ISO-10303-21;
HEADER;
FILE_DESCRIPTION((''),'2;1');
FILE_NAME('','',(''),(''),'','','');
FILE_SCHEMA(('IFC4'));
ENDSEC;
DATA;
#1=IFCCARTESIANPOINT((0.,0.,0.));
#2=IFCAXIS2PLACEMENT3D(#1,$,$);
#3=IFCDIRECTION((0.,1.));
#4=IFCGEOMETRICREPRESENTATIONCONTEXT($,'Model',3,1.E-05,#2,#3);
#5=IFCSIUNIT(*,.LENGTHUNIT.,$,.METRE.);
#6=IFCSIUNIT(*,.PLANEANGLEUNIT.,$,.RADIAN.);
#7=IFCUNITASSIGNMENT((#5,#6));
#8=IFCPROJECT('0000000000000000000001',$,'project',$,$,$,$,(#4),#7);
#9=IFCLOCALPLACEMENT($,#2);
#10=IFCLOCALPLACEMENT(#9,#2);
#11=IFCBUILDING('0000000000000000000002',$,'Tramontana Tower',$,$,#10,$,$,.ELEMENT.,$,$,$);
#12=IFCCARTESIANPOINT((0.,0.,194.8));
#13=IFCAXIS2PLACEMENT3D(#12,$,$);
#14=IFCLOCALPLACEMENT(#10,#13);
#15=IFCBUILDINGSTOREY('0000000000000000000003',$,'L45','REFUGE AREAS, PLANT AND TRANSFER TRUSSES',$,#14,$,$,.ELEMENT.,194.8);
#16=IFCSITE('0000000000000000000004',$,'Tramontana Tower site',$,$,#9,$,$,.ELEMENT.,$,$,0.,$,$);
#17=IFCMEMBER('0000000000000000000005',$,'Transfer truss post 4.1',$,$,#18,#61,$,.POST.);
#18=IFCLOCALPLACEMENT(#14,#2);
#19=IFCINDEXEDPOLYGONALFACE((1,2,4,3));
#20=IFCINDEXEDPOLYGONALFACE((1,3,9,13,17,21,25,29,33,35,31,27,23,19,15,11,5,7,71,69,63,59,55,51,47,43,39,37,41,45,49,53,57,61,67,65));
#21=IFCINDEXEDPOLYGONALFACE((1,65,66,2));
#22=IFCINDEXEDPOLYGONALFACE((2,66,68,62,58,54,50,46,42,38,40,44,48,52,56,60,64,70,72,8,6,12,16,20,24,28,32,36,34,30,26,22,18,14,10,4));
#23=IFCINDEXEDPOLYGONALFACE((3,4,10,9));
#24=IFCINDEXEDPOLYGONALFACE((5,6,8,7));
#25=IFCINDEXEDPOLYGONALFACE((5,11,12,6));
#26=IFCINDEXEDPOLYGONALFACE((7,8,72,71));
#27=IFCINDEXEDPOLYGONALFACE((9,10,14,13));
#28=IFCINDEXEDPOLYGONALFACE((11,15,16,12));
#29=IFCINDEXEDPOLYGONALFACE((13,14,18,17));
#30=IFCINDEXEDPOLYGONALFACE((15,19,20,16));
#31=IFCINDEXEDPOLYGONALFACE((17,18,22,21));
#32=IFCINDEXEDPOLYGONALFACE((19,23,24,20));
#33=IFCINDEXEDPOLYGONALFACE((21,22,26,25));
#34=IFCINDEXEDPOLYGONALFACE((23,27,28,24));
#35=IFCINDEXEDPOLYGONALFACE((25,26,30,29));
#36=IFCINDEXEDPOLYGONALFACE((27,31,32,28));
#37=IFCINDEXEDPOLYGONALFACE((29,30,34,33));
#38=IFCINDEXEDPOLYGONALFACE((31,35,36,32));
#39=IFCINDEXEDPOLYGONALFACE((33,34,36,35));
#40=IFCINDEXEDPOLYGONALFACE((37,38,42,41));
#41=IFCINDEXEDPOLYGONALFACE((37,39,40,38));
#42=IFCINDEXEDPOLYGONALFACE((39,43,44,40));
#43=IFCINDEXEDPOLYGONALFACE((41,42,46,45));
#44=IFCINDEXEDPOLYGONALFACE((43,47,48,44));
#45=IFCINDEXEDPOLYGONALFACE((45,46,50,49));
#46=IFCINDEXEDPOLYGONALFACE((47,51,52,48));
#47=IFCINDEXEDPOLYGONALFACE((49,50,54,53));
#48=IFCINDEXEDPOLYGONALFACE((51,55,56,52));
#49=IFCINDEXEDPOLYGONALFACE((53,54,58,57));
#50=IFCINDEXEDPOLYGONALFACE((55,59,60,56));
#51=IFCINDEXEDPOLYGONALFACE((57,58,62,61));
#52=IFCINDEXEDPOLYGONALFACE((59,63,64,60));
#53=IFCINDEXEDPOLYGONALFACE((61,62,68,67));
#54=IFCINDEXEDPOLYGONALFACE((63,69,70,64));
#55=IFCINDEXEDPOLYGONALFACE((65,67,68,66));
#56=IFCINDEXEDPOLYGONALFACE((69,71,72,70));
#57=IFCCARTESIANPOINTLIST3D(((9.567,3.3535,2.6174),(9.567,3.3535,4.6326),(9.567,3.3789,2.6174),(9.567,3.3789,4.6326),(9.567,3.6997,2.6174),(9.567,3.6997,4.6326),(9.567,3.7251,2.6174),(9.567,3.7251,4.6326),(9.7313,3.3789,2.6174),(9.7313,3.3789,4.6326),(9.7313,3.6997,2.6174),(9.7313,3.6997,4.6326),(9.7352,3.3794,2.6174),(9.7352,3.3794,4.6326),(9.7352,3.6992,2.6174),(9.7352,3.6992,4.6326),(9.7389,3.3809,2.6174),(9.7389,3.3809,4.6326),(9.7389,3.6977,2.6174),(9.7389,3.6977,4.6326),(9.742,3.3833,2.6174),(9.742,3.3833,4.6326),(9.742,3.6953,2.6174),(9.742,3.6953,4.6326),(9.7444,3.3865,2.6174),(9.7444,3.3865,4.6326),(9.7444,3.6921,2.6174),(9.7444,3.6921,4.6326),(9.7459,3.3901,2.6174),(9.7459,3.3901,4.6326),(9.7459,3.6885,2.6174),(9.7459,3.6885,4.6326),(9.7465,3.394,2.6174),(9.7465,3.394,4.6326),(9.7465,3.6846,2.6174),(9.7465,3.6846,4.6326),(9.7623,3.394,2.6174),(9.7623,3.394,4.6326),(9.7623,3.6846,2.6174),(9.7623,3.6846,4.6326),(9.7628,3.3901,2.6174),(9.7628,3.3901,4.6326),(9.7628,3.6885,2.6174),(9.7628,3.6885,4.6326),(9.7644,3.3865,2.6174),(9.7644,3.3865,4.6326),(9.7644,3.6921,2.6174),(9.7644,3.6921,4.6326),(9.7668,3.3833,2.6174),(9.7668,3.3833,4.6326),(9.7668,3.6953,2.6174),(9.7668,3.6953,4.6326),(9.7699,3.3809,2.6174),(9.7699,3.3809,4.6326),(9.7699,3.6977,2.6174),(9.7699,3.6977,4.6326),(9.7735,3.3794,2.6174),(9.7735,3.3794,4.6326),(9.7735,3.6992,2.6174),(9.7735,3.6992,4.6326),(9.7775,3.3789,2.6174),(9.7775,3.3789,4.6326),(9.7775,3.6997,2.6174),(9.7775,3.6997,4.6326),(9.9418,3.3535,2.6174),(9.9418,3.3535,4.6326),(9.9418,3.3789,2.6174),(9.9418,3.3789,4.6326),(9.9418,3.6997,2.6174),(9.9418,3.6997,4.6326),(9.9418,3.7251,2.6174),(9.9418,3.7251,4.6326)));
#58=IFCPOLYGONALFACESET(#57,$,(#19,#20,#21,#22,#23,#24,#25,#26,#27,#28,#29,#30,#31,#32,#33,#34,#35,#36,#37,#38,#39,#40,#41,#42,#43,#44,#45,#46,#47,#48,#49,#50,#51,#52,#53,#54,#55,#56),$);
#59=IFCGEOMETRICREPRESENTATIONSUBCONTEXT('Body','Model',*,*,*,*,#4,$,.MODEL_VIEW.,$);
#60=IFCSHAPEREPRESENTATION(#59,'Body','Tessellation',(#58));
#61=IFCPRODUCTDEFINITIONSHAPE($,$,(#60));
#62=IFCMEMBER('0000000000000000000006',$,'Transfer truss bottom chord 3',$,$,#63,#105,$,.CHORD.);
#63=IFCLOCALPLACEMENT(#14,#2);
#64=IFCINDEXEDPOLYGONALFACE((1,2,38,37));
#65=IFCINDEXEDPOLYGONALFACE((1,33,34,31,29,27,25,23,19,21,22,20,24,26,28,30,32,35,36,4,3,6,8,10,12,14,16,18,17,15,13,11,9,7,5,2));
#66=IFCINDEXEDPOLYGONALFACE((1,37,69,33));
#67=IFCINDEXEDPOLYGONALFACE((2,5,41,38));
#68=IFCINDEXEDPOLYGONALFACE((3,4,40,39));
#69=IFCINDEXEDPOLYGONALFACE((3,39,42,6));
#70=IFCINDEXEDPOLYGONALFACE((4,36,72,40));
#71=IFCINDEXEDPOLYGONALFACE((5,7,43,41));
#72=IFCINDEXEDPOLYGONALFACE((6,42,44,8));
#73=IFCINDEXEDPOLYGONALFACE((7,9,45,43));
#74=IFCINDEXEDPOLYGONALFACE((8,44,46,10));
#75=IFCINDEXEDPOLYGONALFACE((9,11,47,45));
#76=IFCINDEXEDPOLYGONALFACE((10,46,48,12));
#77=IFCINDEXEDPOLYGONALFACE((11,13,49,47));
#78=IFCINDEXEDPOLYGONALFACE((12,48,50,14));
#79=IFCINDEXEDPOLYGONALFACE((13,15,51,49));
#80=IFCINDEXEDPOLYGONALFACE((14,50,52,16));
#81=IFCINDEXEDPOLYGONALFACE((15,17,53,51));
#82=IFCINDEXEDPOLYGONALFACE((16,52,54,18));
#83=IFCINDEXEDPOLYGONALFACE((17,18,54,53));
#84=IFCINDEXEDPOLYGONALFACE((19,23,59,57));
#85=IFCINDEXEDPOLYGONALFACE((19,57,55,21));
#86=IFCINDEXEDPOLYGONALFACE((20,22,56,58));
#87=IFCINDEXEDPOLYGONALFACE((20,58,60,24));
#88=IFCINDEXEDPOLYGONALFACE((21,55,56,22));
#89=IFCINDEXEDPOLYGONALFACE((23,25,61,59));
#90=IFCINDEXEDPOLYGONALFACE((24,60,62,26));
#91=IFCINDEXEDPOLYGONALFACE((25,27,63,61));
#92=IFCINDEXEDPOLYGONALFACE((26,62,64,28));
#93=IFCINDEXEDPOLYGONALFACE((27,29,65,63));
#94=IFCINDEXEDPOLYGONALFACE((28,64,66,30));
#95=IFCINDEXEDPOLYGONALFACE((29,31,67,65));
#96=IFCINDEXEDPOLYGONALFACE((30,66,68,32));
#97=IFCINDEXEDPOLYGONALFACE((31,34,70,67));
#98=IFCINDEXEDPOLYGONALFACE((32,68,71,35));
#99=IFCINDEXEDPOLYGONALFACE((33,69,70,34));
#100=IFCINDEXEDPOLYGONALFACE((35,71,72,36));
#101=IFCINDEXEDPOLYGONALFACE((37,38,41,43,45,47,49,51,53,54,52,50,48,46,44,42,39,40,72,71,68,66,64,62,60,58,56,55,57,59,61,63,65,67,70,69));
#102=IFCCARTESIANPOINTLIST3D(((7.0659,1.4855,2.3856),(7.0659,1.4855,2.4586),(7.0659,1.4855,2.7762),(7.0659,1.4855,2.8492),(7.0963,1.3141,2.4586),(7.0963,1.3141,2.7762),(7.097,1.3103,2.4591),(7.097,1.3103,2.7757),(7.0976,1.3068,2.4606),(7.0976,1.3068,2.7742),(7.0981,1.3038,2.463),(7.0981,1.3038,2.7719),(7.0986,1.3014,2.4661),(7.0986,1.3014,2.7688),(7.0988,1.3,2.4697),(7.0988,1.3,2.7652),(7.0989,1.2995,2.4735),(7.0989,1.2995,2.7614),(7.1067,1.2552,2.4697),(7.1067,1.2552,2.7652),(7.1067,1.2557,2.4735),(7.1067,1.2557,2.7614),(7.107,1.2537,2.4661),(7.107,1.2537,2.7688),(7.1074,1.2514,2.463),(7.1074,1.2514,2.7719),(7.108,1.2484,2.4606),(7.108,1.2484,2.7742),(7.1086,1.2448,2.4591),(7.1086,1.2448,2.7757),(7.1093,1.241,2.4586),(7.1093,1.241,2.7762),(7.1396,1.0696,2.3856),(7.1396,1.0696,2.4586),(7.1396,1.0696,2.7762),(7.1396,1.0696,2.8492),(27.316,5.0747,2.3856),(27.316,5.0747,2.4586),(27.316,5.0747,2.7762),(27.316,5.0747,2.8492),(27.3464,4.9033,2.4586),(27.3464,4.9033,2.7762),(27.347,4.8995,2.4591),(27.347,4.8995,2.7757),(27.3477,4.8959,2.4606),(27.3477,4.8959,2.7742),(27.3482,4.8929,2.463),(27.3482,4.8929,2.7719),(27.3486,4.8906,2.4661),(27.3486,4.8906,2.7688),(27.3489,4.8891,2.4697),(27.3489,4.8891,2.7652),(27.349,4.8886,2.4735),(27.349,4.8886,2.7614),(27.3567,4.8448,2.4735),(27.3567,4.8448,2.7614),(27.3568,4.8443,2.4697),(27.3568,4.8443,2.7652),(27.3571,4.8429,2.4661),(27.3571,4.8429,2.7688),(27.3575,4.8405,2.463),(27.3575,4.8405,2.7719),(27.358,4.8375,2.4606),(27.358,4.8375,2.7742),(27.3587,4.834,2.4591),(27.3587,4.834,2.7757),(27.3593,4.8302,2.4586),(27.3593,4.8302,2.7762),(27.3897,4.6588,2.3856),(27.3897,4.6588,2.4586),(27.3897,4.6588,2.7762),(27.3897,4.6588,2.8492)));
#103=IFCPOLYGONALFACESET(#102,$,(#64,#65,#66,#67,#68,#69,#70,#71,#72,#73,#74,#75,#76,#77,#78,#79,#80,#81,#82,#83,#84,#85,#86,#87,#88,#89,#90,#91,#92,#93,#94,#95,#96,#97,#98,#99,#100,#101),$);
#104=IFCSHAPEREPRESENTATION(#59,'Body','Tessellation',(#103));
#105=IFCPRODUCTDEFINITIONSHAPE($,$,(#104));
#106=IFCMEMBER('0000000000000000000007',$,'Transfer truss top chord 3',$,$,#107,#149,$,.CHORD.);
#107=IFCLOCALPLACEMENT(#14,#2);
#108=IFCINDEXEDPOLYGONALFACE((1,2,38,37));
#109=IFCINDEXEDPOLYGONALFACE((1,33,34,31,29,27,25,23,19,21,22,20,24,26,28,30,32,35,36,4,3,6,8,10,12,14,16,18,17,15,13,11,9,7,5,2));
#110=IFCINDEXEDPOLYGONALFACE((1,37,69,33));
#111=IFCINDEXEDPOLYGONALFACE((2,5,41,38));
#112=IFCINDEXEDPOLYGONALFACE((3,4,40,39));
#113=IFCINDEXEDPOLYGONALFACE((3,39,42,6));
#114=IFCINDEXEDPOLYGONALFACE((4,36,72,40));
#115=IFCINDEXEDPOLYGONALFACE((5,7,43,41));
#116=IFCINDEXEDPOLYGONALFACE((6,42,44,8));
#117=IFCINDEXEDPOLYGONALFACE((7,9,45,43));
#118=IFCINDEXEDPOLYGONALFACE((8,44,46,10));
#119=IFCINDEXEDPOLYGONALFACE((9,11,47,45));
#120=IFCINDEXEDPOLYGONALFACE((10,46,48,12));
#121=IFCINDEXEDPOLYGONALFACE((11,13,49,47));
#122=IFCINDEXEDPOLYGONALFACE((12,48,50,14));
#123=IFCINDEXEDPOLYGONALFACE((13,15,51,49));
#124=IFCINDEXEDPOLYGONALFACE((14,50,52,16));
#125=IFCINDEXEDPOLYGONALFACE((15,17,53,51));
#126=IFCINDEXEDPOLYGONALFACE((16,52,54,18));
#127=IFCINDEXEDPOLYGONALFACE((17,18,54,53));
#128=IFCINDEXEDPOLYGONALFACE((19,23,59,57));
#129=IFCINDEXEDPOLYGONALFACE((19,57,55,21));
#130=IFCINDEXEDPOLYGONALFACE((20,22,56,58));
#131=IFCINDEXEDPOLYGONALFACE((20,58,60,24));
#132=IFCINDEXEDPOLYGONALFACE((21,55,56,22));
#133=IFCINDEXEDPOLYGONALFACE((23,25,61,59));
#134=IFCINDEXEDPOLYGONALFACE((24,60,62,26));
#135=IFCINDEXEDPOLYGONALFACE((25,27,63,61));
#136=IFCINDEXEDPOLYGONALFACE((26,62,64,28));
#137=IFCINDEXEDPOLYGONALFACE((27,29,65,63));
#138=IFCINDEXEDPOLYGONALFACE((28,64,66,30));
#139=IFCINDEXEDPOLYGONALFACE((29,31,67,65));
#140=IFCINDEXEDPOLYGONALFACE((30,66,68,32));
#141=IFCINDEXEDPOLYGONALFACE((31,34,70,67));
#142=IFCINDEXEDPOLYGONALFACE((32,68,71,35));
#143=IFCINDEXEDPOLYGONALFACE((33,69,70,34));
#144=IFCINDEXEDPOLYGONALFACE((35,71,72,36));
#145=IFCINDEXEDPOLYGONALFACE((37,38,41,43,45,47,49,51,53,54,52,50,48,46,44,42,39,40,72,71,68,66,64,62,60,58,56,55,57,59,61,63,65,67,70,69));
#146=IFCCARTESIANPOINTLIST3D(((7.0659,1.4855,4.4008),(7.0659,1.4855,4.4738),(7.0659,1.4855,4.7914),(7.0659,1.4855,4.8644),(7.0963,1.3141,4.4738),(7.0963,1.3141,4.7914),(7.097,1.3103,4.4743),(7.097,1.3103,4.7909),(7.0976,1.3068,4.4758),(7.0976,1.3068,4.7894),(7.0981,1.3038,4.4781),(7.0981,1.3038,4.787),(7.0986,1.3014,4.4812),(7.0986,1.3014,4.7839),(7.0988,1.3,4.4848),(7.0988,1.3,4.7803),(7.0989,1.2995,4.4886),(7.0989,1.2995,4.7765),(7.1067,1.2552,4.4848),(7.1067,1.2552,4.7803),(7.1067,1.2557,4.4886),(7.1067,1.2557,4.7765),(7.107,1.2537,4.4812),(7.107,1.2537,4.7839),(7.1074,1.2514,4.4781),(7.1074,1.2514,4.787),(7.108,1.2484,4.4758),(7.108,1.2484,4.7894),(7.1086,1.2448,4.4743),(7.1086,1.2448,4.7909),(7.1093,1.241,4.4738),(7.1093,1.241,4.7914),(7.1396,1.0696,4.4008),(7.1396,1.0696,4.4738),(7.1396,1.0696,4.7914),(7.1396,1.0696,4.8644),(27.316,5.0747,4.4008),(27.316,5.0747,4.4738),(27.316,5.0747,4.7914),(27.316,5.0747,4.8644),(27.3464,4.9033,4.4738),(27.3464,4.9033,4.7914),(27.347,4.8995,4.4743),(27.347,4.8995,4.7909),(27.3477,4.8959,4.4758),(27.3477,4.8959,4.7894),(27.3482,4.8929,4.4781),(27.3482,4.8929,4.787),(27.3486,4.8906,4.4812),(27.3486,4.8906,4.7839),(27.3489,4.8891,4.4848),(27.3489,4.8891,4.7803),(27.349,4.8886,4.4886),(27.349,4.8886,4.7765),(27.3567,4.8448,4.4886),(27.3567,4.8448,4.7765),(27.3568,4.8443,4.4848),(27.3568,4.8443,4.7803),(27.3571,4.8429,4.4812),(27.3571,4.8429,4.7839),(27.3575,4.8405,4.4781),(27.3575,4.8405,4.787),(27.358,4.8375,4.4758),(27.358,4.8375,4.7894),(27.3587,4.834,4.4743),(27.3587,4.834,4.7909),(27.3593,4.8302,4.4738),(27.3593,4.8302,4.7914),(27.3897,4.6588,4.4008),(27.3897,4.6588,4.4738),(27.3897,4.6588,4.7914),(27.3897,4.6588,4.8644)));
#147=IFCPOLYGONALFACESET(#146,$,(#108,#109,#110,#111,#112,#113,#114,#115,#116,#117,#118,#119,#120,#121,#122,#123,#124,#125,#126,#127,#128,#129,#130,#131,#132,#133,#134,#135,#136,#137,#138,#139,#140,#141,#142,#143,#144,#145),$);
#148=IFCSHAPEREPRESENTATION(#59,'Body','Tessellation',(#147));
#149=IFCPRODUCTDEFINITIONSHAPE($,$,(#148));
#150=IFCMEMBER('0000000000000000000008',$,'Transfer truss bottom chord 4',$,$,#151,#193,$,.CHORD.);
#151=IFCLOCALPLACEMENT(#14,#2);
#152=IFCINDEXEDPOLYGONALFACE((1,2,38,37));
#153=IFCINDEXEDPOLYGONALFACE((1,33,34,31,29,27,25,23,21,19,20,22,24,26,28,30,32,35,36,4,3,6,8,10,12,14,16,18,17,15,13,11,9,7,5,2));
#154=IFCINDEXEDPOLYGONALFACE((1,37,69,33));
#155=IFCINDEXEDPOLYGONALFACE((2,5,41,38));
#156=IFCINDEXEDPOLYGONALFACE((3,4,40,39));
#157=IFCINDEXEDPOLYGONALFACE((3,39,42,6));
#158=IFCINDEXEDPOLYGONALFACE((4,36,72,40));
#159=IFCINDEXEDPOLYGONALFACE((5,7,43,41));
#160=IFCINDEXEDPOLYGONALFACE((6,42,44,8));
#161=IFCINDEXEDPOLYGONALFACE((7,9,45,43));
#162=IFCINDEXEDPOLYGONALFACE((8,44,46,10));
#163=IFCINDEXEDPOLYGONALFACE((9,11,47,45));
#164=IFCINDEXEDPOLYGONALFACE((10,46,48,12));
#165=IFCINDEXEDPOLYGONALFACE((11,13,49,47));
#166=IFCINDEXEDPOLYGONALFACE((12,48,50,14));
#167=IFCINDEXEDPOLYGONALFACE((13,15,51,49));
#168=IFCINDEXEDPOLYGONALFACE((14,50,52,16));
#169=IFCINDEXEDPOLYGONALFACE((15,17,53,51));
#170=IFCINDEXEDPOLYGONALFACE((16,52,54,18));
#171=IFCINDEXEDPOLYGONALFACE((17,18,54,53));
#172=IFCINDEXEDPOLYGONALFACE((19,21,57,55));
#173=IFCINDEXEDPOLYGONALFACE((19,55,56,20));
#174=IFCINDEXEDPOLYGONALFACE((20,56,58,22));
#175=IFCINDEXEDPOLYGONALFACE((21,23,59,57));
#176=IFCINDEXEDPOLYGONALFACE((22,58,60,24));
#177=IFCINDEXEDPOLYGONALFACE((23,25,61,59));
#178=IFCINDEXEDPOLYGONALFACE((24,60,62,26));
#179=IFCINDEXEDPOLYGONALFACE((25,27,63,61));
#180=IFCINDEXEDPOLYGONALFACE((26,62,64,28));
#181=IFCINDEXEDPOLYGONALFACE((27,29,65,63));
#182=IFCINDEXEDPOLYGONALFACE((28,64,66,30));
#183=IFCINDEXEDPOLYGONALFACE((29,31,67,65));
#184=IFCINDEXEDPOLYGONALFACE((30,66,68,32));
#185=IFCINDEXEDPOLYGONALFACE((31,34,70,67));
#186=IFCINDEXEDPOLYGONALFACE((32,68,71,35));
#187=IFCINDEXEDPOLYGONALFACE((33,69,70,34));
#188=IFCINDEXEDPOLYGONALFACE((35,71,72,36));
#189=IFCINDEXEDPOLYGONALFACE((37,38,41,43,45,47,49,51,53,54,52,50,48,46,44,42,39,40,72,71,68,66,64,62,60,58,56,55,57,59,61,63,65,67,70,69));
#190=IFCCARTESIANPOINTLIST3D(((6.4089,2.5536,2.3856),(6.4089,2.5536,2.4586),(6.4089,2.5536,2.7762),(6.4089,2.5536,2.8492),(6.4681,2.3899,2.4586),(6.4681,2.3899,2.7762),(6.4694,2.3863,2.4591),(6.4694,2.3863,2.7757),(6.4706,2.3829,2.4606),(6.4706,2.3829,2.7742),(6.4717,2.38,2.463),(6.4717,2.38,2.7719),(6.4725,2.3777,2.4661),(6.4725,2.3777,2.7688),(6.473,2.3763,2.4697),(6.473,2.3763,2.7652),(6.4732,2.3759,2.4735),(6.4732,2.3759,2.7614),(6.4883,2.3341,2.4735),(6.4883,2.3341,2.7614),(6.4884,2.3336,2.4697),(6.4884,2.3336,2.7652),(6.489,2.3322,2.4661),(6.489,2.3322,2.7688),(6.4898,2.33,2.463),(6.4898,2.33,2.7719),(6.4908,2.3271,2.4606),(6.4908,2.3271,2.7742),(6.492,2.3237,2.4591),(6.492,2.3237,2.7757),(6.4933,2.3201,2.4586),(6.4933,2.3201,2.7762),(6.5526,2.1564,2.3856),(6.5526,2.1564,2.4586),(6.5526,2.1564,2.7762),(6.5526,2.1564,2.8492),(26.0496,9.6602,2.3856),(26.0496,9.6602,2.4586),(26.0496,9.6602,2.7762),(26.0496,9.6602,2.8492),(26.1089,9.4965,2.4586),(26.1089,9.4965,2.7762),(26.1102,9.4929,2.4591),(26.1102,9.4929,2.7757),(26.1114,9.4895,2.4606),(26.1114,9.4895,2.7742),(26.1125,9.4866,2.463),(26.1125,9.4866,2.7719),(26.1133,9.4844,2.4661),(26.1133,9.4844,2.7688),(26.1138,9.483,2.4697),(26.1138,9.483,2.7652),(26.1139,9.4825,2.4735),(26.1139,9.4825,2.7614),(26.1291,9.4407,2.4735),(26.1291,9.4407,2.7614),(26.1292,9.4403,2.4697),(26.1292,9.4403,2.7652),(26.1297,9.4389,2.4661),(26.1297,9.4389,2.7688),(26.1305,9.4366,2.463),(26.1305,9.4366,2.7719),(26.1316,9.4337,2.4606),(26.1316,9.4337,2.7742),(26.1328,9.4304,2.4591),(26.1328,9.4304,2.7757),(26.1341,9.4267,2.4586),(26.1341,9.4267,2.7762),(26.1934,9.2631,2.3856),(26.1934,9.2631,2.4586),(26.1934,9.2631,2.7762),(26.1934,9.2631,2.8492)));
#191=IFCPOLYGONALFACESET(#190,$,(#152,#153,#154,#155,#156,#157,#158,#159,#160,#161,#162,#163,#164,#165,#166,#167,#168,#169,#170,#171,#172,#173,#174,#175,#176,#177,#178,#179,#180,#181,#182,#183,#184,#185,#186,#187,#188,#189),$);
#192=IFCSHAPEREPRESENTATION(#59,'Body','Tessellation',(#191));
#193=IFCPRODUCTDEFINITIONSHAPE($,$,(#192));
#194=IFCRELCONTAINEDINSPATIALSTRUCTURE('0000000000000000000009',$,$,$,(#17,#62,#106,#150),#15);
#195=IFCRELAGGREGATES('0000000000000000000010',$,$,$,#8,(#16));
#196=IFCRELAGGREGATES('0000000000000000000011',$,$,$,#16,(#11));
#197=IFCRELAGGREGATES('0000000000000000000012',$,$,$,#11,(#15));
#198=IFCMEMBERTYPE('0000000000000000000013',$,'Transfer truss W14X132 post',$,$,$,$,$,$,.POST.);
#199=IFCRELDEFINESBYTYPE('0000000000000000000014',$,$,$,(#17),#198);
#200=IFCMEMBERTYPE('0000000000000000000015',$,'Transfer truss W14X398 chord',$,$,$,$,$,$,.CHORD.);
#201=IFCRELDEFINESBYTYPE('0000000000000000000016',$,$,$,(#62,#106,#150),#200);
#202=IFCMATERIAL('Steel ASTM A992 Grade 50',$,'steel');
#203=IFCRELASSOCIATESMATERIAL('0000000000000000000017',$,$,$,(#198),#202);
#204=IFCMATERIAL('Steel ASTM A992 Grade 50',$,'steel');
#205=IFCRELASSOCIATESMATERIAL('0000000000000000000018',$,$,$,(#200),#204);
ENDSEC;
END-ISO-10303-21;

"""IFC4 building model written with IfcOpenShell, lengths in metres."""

from ifc_helpers import new_model, si_unit, direction, frame, origin, origin_2d, place, context, subcontext, project, spatial, i_section, extrude, material, material_profile, profile_set, type_object, element, save


model = new_model("IFC4")

# Units and contexts
model_context = context("Model", 3, precision=1e-05, world=origin(), true_north=direction((0.0, 1.0)))
body_context = subcontext(model_context, "Body", "Model", "MODEL_VIEW")
ifc_project = project(units=[si_unit("LENGTHUNIT", "METRE"), si_unit("PLANEANGLEUNIT", "RADIAN")], contexts=[model_context])

# Site, building, storey
site_placement = place(None, origin())
site = spatial("IfcSite", under=ifc_project, at=site_placement, Name="Tramontana Tower site", CompositionType="ELEMENT", RefElevation=0.0)
building_placement = place(site_placement, origin())
building = spatial("IfcBuilding", under=site, at=building_placement, Name="Tramontana Tower", CompositionType="ELEMENT")
storey_placement = place(building_placement, frame((0.0, 0.0, 194.8)))
storey = spatial("IfcBuildingStorey", under=building, at=storey_placement, Name="L45", Description="REFUGE AREAS, PLANT AND TRANSFER TRUSSES", CompositionType="ELEMENT", Elevation=194.8)

# Members
ifc_material_1 = material(Name="Steel ASTM A992 Grade 50", Category="steel")
ifc_material_profile_1 = material_profile(ifc_material_1, i_section(OverallWidth=0.3748, OverallDepth=0.3716, WebThickness=0.0159, FlangeThickness=0.0254, FilletRadius=0.0151, at=origin_2d()), Name="W14X132")
ifc_profile_set_1 = profile_set([ifc_material_profile_1], Name="Steel ASTM A992 Grade 50")
member_type_1 = type_object("IfcMemberType", Name="Transfer truss W14X132 post", PredefinedType="POST", material=ifc_profile_set_1)
for number, where, z_axis, x_axis, name in (
    (1, (9.7544, 3.5393, 2.6174), (0.0, 0.0, 1.0), (1.0, 0.0, 0.0), "Transfer truss post 4.1"),
):
    element("IfcMember", number, at=place(storey_placement, frame(where, z_axis=z_axis, x_axis=x_axis)), inside=storey, type_object=member_type_1, Name=name, PredefinedType="POST", context=body_context, shape_type="SweptSolid", body=[
        extrude(i_section(OverallWidth=0.3748, OverallDepth=0.3716, WebThickness=0.0159, FlangeThickness=0.0254, FilletRadius=0.0151, at=origin_2d()), origin(), (0.0, 0.0, 1.0), 2.0151),
    ])
ifc_material_2 = material(Name="Steel ASTM A992 Grade 50", Category="steel")
ifc_material_profile_2 = material_profile(ifc_material_2, i_section(OverallWidth=0.4224, OverallDepth=0.4636, WebThickness=0.0444, FlangeThickness=0.073, FilletRadius=0.0149, at=origin_2d()), Name="W14X398")
ifc_profile_set_2 = profile_set([ifc_material_profile_2], Name="Steel ASTM A992 Grade 50")
member_type_2 = type_object("IfcMemberType", Name="Transfer truss W14X398 chord", PredefinedType="CHORD", material=ifc_profile_set_2)
for number, where, z_axis, x_axis, name in (
    (2, (7.1028, 1.2776, 2.6174), (0.984654, 0.17452, 0.0), (-0.17452, 0.984654, 0.0), "Transfer truss bottom chord 3"),
    (3, (7.1028, 1.2776, 4.6326), (0.984654, 0.17452, 0.0), (-0.17452, 0.984654, 0.0), "Transfer truss top chord 3"),
):
    element("IfcMember", number, at=place(storey_placement, frame(where, z_axis=z_axis, x_axis=x_axis)), inside=storey, type_object=member_type_2, Name=name, PredefinedType="CHORD", context=body_context, shape_type="SweptSolid", body=[
        extrude(i_section(OverallWidth=0.4224, OverallDepth=0.4636, WebThickness=0.0444, FlangeThickness=0.073, FilletRadius=0.0149, at=origin_2d()), origin(), (0.0, 0.0, 1.0), 20.5657),
    ])
for number, where, z_axis, x_axis, name in (
    (4, (6.4807, 2.355, 2.6174), (0.940337, 0.340244, 0.0), (-0.340244, 0.940337, 0.0), "Transfer truss bottom chord 4"),
):
    element("IfcMember", number, at=place(storey_placement, frame(where, z_axis=z_axis, x_axis=x_axis)), inside=storey, type_object=member_type_2, Name=name, PredefinedType="CHORD", context=body_context, shape_type="SweptSolid", body=[
        extrude(i_section(OverallWidth=0.4224, OverallDepth=0.4636, WebThickness=0.0444, FlangeThickness=0.073, FilletRadius=0.0149, at=origin_2d()), origin(), (0.0, 0.0, 1.0), 20.887),
    ])

save(model, "model.ifc")
